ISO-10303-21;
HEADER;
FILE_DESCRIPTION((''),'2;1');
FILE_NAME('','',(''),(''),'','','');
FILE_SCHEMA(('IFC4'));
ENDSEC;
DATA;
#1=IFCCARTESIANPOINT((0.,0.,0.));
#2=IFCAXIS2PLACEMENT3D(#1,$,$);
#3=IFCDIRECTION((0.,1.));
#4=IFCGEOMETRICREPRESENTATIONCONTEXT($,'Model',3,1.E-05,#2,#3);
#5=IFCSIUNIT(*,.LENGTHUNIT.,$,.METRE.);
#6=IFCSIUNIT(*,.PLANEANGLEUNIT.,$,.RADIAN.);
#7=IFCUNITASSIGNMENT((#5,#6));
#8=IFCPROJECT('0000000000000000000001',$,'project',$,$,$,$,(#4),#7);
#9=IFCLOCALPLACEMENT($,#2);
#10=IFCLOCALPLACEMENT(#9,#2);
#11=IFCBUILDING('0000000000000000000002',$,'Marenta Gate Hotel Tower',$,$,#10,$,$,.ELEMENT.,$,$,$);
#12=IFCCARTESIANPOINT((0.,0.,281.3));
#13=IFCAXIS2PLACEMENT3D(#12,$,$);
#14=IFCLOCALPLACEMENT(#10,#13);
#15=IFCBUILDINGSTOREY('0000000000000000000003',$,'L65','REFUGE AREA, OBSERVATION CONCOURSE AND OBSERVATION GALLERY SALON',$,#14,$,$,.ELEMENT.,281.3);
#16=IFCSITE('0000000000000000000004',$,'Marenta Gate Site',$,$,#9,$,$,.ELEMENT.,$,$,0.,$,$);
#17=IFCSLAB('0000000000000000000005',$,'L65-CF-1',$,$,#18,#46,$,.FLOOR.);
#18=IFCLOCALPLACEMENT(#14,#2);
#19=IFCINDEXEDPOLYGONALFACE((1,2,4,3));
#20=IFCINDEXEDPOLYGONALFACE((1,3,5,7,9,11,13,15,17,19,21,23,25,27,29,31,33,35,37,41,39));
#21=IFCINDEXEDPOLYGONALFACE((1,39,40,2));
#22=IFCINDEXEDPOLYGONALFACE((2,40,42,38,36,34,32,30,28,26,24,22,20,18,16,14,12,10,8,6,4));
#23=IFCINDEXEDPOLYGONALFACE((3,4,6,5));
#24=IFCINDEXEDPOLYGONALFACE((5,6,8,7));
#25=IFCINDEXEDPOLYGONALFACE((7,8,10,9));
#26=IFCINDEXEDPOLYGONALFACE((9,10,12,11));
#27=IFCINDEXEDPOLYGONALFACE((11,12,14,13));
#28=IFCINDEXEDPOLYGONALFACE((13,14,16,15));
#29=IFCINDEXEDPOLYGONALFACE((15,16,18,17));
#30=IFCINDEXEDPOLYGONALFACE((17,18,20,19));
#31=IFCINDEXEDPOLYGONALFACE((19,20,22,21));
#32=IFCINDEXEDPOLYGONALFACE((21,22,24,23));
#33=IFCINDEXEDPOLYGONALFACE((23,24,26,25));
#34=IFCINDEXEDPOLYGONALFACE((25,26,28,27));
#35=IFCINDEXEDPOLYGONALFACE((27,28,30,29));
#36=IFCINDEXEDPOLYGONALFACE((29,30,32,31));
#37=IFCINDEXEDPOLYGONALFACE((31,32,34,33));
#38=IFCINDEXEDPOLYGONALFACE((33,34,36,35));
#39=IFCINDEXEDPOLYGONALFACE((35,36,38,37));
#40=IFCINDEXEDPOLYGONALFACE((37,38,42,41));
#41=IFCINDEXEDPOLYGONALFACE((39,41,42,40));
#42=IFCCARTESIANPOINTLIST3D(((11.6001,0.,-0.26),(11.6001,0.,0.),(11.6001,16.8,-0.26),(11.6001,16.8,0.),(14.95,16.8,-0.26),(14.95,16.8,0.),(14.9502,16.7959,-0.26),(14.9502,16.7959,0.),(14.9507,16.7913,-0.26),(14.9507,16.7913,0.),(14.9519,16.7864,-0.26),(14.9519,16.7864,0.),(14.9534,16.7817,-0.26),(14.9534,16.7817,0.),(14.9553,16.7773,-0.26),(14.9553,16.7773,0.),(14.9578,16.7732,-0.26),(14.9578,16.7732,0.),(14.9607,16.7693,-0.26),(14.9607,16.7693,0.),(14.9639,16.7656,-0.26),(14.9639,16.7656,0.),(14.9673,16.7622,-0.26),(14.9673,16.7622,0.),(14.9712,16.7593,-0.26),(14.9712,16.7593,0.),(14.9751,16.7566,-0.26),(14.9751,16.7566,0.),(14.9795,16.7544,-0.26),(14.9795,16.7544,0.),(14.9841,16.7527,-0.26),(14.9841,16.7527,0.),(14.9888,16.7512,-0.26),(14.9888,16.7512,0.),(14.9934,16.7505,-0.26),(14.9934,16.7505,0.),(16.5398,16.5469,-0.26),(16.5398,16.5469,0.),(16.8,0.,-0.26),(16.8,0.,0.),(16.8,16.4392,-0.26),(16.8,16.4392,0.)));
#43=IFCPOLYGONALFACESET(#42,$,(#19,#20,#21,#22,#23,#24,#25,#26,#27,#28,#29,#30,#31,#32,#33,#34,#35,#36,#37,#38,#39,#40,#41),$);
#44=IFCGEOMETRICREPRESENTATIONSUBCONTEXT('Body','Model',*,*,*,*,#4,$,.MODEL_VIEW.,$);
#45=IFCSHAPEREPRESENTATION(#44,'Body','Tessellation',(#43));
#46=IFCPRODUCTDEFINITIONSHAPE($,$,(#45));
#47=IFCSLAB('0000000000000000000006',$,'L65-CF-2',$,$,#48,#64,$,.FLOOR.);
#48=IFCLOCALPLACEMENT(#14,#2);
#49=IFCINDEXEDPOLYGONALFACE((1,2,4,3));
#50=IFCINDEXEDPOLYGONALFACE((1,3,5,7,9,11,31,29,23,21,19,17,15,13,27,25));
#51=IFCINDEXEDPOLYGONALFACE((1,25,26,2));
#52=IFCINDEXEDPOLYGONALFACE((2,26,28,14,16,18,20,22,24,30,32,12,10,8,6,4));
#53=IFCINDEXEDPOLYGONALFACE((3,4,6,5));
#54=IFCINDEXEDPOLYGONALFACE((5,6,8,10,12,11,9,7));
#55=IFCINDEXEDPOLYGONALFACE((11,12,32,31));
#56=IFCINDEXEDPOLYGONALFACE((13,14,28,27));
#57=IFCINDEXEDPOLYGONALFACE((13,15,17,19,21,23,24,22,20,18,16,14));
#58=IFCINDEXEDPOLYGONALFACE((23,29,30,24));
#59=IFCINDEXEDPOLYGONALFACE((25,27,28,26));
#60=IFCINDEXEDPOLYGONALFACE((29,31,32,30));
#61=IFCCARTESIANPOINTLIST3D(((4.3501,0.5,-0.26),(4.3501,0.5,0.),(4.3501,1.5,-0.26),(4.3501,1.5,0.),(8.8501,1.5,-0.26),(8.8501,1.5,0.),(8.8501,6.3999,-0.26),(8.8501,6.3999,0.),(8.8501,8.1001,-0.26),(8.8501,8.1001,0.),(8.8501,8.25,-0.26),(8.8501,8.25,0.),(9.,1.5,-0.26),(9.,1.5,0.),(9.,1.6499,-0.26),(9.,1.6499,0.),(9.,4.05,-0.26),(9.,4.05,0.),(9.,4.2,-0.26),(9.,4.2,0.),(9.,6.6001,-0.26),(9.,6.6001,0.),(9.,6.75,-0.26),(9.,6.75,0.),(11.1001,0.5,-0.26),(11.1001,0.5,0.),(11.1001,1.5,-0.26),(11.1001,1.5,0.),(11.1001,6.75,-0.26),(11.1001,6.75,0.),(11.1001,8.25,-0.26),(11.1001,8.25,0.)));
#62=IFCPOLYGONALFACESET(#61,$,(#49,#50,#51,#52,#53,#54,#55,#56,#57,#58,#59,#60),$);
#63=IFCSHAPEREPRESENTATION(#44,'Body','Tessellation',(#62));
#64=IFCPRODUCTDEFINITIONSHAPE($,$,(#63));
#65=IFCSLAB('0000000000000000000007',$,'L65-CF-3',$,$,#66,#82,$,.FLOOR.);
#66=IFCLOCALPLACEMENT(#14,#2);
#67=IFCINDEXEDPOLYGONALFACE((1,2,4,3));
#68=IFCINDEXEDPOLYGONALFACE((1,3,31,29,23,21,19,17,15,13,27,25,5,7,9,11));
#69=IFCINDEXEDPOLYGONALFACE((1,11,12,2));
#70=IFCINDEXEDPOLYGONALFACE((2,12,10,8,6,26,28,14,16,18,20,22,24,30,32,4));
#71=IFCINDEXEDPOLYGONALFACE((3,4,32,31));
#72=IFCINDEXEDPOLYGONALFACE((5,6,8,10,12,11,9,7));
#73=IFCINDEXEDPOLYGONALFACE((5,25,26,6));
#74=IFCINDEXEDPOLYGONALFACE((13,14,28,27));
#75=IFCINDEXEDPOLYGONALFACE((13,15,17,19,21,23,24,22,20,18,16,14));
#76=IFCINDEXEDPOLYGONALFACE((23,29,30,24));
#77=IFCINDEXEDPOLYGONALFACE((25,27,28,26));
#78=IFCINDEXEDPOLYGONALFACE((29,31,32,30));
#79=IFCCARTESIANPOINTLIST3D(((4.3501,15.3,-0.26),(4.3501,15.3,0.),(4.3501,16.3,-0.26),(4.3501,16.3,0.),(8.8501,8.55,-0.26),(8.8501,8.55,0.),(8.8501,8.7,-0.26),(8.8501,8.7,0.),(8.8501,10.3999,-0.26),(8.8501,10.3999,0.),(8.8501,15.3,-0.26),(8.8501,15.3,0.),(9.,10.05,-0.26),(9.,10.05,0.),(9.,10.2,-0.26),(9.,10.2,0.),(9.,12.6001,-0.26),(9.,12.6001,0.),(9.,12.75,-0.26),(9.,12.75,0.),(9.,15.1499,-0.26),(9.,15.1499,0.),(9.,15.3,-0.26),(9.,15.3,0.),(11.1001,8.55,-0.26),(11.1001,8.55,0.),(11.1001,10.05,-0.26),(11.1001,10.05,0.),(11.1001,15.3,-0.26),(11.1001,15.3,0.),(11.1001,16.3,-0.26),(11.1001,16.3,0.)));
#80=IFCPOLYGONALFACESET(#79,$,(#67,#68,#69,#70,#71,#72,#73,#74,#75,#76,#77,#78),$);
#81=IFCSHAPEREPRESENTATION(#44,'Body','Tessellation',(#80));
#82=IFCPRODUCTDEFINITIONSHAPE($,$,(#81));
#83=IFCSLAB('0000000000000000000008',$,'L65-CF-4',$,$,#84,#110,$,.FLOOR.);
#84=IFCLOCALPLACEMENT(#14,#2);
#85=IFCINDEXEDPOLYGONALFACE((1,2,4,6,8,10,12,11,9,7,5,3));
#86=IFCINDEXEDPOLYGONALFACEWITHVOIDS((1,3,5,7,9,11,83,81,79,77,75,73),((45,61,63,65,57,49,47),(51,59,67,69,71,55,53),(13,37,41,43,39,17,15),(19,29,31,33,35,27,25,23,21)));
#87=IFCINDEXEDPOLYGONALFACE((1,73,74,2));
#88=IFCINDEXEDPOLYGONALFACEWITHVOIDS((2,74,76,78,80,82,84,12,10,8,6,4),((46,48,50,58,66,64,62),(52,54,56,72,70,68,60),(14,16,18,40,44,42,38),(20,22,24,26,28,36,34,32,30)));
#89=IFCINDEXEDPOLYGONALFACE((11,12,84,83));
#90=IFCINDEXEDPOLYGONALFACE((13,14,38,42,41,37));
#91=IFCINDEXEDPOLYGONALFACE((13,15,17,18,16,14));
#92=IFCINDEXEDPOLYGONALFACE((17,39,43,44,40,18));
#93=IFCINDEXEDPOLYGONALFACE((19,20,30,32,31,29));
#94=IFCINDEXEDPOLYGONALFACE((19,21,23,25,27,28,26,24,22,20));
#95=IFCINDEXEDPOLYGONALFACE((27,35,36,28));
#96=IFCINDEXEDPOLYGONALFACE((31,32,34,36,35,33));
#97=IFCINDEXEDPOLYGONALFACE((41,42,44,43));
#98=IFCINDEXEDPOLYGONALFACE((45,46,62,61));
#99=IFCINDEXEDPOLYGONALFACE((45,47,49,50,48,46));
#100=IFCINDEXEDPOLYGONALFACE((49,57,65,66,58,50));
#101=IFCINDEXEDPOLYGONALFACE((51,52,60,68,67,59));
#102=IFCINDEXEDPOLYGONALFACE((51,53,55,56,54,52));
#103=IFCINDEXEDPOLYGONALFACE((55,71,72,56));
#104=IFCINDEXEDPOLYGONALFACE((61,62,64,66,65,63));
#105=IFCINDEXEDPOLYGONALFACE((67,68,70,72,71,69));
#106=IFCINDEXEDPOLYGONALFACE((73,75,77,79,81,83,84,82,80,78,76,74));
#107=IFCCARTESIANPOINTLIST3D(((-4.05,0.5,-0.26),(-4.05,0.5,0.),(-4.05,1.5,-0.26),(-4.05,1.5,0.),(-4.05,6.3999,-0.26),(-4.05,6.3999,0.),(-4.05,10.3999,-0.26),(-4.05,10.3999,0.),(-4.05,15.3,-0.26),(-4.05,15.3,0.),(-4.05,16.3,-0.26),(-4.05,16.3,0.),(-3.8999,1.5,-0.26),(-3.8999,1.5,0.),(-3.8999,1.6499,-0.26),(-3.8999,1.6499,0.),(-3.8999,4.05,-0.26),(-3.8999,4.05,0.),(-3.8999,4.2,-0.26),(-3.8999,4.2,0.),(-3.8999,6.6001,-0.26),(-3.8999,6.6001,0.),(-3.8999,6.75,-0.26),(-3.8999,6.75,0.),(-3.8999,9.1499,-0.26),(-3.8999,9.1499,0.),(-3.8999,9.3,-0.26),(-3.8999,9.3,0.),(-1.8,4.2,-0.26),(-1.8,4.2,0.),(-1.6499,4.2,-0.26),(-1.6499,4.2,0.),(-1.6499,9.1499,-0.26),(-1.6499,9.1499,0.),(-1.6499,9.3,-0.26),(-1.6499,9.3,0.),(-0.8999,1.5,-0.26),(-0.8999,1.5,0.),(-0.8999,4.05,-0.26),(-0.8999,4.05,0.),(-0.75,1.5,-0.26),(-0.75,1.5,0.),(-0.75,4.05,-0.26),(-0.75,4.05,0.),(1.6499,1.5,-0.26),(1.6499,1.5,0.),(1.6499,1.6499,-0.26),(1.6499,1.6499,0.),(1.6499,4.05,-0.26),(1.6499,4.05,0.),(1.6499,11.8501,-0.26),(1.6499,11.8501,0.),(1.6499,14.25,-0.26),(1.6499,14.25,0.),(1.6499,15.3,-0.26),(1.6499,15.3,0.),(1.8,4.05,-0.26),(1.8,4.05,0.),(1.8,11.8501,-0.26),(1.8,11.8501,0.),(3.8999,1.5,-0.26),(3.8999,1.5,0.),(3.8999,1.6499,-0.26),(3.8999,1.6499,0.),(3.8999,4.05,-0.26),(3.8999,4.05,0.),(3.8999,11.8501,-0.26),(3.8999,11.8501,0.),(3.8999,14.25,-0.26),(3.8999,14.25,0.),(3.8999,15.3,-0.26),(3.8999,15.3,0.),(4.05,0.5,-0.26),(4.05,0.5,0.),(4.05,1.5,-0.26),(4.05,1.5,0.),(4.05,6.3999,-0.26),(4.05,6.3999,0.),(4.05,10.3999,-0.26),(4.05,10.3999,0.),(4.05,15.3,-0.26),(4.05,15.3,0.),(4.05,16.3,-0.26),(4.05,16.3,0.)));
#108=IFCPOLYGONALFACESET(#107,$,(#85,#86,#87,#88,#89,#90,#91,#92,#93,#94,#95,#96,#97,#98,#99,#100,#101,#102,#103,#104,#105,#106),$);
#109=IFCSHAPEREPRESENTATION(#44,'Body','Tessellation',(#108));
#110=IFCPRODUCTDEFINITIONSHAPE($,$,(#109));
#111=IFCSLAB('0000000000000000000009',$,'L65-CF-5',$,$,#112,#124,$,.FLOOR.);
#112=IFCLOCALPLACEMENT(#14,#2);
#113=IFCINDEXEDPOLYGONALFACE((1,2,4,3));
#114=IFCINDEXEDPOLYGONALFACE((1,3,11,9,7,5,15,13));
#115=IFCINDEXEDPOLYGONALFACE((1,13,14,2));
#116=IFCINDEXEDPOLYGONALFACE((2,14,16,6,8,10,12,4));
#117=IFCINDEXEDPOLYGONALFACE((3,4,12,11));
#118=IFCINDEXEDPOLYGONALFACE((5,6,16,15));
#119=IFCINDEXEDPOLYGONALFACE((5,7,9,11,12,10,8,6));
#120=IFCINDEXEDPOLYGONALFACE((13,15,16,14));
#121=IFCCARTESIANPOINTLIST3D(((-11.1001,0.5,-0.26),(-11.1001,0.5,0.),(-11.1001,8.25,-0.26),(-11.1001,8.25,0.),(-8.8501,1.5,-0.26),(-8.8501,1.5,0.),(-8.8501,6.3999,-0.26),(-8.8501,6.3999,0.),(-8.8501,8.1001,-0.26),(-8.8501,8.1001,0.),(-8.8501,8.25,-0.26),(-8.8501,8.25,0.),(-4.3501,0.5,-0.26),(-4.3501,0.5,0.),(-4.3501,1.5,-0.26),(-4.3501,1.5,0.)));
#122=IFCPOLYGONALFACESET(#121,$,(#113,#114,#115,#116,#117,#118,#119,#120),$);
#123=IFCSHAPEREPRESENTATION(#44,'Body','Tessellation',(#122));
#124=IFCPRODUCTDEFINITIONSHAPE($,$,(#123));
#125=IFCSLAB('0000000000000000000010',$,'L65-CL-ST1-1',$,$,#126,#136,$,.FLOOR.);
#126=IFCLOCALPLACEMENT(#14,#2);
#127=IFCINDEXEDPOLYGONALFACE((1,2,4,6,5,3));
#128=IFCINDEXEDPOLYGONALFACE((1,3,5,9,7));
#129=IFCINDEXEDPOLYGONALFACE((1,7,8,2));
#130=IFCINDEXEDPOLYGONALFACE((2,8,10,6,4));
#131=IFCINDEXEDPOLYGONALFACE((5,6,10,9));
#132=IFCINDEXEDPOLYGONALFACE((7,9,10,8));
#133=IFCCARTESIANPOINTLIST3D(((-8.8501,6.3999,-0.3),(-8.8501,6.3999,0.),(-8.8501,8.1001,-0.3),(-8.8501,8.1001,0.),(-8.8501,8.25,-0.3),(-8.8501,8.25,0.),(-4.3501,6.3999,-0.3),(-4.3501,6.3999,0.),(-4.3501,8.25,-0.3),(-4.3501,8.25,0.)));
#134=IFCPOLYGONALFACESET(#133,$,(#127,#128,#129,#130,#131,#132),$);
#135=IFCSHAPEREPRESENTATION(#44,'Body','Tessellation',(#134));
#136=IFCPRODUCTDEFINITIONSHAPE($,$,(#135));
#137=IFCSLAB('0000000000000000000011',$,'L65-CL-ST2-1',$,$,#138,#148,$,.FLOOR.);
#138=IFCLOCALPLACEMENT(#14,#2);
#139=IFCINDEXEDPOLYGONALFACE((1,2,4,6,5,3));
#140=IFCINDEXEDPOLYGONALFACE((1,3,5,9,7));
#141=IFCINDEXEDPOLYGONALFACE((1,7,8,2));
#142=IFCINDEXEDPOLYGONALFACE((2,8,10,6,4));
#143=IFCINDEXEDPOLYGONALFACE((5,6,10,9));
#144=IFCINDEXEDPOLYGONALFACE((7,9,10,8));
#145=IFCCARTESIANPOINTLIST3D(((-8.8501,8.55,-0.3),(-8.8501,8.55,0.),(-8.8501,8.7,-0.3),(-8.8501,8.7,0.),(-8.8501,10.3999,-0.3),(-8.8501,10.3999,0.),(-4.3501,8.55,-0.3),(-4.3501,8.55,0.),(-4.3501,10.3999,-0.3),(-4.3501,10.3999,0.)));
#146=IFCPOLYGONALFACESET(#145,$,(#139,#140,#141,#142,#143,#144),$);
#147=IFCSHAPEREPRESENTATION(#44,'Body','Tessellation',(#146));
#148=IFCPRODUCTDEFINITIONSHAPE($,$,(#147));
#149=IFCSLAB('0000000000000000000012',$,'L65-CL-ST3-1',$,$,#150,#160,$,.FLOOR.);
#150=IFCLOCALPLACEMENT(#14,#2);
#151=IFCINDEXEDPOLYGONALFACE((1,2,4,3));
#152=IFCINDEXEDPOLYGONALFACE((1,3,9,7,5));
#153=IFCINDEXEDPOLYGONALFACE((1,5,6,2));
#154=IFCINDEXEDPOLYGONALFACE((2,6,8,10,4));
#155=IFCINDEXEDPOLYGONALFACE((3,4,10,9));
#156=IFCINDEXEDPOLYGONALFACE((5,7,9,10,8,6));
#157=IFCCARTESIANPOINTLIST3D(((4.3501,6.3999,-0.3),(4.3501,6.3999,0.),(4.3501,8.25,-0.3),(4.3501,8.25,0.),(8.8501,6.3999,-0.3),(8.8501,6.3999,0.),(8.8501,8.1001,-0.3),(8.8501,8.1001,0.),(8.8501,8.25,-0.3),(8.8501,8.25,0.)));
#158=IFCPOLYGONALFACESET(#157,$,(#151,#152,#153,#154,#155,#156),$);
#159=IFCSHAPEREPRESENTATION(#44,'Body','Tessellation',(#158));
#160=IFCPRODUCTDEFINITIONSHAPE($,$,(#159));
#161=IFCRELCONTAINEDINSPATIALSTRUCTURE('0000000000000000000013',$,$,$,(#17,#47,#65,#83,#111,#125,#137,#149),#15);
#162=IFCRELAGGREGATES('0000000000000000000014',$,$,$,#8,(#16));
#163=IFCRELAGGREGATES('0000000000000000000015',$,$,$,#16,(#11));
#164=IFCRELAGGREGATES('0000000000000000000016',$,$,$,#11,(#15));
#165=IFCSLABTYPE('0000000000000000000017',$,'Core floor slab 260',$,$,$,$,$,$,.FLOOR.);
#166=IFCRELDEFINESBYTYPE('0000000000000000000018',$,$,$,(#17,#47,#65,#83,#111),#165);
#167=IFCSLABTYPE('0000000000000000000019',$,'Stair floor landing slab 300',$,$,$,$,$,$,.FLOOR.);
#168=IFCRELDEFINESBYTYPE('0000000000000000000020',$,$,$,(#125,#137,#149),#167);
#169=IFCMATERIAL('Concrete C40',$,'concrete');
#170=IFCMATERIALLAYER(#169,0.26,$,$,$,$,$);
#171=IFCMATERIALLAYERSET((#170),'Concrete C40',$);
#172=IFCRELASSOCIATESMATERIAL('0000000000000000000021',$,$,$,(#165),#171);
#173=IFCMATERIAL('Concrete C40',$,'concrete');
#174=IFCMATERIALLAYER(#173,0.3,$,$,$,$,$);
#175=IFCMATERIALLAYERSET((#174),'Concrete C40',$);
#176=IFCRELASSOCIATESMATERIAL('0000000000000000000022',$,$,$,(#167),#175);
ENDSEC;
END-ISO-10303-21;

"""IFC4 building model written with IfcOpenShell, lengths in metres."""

from ifc_helpers import new_model, si_unit, direction, frame, origin, place, context, subcontext, project, spatial, polyline, outline, extrude, material, layer, layer_set, type_object, element, save


model = new_model("IFC4")

# Units and contexts
model_context = context("Model", 3, precision=1e-05, world=origin(), true_north=direction((0.0, 1.0)))
body_context = subcontext(model_context, "Body", "Model", "MODEL_VIEW")
ifc_project = project(units=[si_unit("LENGTHUNIT", "METRE"), si_unit("PLANEANGLEUNIT", "RADIAN")], contexts=[model_context])

# Site, building, storey
site_placement = place(None, origin())
site = spatial("IfcSite", under=ifc_project, at=site_placement, Name="Marenta Gate Site", CompositionType="ELEMENT", RefElevation=0.0)
building_placement = place(site_placement, origin())
building = spatial("IfcBuilding", under=site, at=building_placement, Name="Marenta Gate Hotel Tower", CompositionType="ELEMENT")
storey_placement = place(building_placement, frame((0.0, 0.0, 281.3)))
storey = spatial("IfcBuildingStorey", under=building, at=storey_placement, Name="L65", Description="REFUGE AREA, OBSERVATION CONCOURSE AND OBSERVATION GALLERY SALON", CompositionType="ELEMENT", Elevation=281.3)

# Slabs
ifc_material_1 = material(Name="Concrete C40", Category="concrete")
ifc_layer_1 = layer(ifc_material_1, 0.26)
ifc_layer_set_1 = layer_set([ifc_layer_1], Name="Concrete C40")
slab_type_1 = type_object("IfcSlabType", Name="Core floor slab 260", PredefinedType="FLOOR", material=ifc_layer_set_1)
slab_1_placement = place(storey_placement, frame((0.0, 0.0, -0.26)))
element("IfcSlab", 1, at=slab_1_placement, inside=storey, type_object=slab_type_1, Name="L65-CF-1", PredefinedType="FLOOR", context=body_context, shape_type="SweptSolid", body=[
    extrude(outline(polyline([(11.6001, 16.8), (14.95, 16.8), (14.9502, 16.7959), (14.9507, 16.7913), (14.9519, 16.7864), (14.9534, 16.7817), (14.9553, 16.7773), (14.9578, 16.7732), (14.9607, 16.7693), (14.9639, 16.7656), (14.9673, 16.7622), (14.9712, 16.7593), (14.9751, 16.7566), (14.9795, 16.7544), (14.9841, 16.7527), (14.9888, 16.7512), (14.9934, 16.7505), (16.5398, 16.5469), (16.8, 16.4392), (16.8, 0.0), (11.6001, 0.0), (11.6001, 16.8)])), origin(), (0.0, 0.0, 1.0), 0.26),
])
slab_2_placement = place(storey_placement, frame((0.0, 0.0, -0.26)))
element("IfcSlab", 2, at=slab_2_placement, inside=storey, type_object=slab_type_1, Name="L65-CF-2", PredefinedType="FLOOR", context=body_context, shape_type="SweptSolid", body=[
    extrude(outline(polyline([(8.8501, 6.3999), (8.8501, 8.1001), (8.8501, 8.25), (11.1001, 8.25), (11.1001, 6.75), (9.0, 6.75), (9.0, 6.6001), (9.0, 4.2), (9.0, 4.05), (9.0, 1.6499), (9.0, 1.5), (11.1001, 1.5), (11.1001, 0.5), (4.3501, 0.5), (4.3501, 1.5), (8.8501, 1.5), (8.8501, 6.3999)])), origin(), (0.0, 0.0, 1.0), 0.26),
])
slab_3_placement = place(storey_placement, frame((0.0, 0.0, -0.26)))
element("IfcSlab", 3, at=slab_3_placement, inside=storey, type_object=slab_type_1, Name="L65-CF-3", PredefinedType="FLOOR", context=body_context, shape_type="SweptSolid", body=[
    extrude(outline(polyline([(8.8501, 15.3), (4.3501, 15.3), (4.3501, 16.3), (11.1001, 16.3), (11.1001, 15.3), (9.0, 15.3), (9.0, 15.1499), (9.0, 12.75), (9.0, 12.6001), (9.0, 10.2), (9.0, 10.05), (11.1001, 10.05), (11.1001, 8.55), (8.8501, 8.55), (8.8501, 8.7), (8.8501, 10.3999), (8.8501, 15.3)])), origin(), (0.0, 0.0, 1.0), 0.26),
])
slab_4_placement = place(storey_placement, frame((0.0, 0.0, -0.26)))
element("IfcSlab", 4, at=slab_4_placement, inside=storey, type_object=slab_type_1, Name="L65-CF-4", PredefinedType="FLOOR", context=body_context, shape_type="SweptSolid", body=[
    extrude(outline(polyline([(4.05, 10.3999), (4.05, 6.3999), (4.05, 1.5), (4.05, 0.5), (-4.05, 0.5), (-4.05, 1.5), (-4.05, 6.3999), (-4.05, 10.3999), (-4.05, 15.3), (-4.05, 16.3), (4.05, 16.3), (4.05, 15.3), (4.05, 10.3999)]), holes=[polyline([(1.6499, 11.8501), (1.8, 11.8501), (3.8999, 11.8501), (3.8999, 14.25), (3.8999, 15.3), (1.6499, 15.3), (1.6499, 14.25), (1.6499, 11.8501)]), polyline([(3.8999, 4.05), (1.8, 4.05), (1.6499, 4.05), (1.6499, 1.6499), (1.6499, 1.5), (3.8999, 1.5), (3.8999, 1.6499), (3.8999, 4.05)]), polyline([(-3.8999, 1.5), (-0.8999, 1.5), (-0.75, 1.5), (-0.75, 4.05), (-0.8999, 4.05), (-3.8999, 4.05), (-3.8999, 1.6499), (-3.8999, 1.5)]), polyline([(-1.6499, 4.2), (-1.6499, 9.1499), (-1.6499, 9.3), (-3.8999, 9.3), (-3.8999, 9.1499), (-3.8999, 6.75), (-3.8999, 6.6001), (-3.8999, 4.2), (-1.8, 4.2), (-1.6499, 4.2)])]), origin(), (0.0, 0.0, 1.0), 0.26),
])
slab_5_placement = place(storey_placement, frame((0.0, 0.0, -0.26)))
element("IfcSlab", 5, at=slab_5_placement, inside=storey, type_object=slab_type_1, Name="L65-CF-5", PredefinedType="FLOOR", context=body_context, shape_type="SweptSolid", body=[
    extrude(outline(polyline([(-8.8501, 1.5), (-4.3501, 1.5), (-4.3501, 0.5), (-11.1001, 0.5), (-11.1001, 8.25), (-8.8501, 8.25), (-8.8501, 8.1001), (-8.8501, 6.3999), (-8.8501, 1.5)])), origin(), (0.0, 0.0, 1.0), 0.26),
])
ifc_material_2 = material(Name="Concrete C40", Category="concrete")
ifc_layer_2 = layer(ifc_material_2, 0.3)
ifc_layer_set_2 = layer_set([ifc_layer_2], Name="Concrete C40")
slab_type_2 = type_object("IfcSlabType", Name="Stair floor landing slab 300", PredefinedType="FLOOR", material=ifc_layer_set_2)
slab_6_placement = place(storey_placement, frame((0.0, 0.0, -0.3)))
element("IfcSlab", 6, at=slab_6_placement, inside=storey, type_object=slab_type_2, Name="L65-CL-ST1-1", PredefinedType="FLOOR", context=body_context, shape_type="SweptSolid", body=[
    extrude(outline(polyline([(-4.3501, 6.3999), (-8.8501, 6.3999), (-8.8501, 8.1001), (-8.8501, 8.25), (-4.3501, 8.25), (-4.3501, 6.3999)])), origin(), (0.0, 0.0, 1.0), 0.3),
])
slab_7_placement = place(storey_placement, frame((0.0, 0.0, -0.3)))
element("IfcSlab", 7, at=slab_7_placement, inside=storey, type_object=slab_type_2, Name="L65-CL-ST2-1", PredefinedType="FLOOR", context=body_context, shape_type="SweptSolid", body=[
    extrude(outline(polyline([(-4.3501, 8.55), (-8.8501, 8.55), (-8.8501, 8.7), (-8.8501, 10.3999), (-4.3501, 10.3999), (-4.3501, 8.55)])), origin(), (0.0, 0.0, 1.0), 0.3),
])
slab_8_placement = place(storey_placement, frame((0.0, 0.0, -0.3)))
element("IfcSlab", 8, at=slab_8_placement, inside=storey, type_object=slab_type_2, Name="L65-CL-ST3-1", PredefinedType="FLOOR", context=body_context, shape_type="SweptSolid", body=[
    extrude(outline(polyline([(4.3501, 6.3999), (4.3501, 8.25), (8.8501, 8.25), (8.8501, 8.1001), (8.8501, 6.3999), (4.3501, 6.3999)])), origin(), (0.0, 0.0, 1.0), 0.3),
])

save(model, "model.ifc")
